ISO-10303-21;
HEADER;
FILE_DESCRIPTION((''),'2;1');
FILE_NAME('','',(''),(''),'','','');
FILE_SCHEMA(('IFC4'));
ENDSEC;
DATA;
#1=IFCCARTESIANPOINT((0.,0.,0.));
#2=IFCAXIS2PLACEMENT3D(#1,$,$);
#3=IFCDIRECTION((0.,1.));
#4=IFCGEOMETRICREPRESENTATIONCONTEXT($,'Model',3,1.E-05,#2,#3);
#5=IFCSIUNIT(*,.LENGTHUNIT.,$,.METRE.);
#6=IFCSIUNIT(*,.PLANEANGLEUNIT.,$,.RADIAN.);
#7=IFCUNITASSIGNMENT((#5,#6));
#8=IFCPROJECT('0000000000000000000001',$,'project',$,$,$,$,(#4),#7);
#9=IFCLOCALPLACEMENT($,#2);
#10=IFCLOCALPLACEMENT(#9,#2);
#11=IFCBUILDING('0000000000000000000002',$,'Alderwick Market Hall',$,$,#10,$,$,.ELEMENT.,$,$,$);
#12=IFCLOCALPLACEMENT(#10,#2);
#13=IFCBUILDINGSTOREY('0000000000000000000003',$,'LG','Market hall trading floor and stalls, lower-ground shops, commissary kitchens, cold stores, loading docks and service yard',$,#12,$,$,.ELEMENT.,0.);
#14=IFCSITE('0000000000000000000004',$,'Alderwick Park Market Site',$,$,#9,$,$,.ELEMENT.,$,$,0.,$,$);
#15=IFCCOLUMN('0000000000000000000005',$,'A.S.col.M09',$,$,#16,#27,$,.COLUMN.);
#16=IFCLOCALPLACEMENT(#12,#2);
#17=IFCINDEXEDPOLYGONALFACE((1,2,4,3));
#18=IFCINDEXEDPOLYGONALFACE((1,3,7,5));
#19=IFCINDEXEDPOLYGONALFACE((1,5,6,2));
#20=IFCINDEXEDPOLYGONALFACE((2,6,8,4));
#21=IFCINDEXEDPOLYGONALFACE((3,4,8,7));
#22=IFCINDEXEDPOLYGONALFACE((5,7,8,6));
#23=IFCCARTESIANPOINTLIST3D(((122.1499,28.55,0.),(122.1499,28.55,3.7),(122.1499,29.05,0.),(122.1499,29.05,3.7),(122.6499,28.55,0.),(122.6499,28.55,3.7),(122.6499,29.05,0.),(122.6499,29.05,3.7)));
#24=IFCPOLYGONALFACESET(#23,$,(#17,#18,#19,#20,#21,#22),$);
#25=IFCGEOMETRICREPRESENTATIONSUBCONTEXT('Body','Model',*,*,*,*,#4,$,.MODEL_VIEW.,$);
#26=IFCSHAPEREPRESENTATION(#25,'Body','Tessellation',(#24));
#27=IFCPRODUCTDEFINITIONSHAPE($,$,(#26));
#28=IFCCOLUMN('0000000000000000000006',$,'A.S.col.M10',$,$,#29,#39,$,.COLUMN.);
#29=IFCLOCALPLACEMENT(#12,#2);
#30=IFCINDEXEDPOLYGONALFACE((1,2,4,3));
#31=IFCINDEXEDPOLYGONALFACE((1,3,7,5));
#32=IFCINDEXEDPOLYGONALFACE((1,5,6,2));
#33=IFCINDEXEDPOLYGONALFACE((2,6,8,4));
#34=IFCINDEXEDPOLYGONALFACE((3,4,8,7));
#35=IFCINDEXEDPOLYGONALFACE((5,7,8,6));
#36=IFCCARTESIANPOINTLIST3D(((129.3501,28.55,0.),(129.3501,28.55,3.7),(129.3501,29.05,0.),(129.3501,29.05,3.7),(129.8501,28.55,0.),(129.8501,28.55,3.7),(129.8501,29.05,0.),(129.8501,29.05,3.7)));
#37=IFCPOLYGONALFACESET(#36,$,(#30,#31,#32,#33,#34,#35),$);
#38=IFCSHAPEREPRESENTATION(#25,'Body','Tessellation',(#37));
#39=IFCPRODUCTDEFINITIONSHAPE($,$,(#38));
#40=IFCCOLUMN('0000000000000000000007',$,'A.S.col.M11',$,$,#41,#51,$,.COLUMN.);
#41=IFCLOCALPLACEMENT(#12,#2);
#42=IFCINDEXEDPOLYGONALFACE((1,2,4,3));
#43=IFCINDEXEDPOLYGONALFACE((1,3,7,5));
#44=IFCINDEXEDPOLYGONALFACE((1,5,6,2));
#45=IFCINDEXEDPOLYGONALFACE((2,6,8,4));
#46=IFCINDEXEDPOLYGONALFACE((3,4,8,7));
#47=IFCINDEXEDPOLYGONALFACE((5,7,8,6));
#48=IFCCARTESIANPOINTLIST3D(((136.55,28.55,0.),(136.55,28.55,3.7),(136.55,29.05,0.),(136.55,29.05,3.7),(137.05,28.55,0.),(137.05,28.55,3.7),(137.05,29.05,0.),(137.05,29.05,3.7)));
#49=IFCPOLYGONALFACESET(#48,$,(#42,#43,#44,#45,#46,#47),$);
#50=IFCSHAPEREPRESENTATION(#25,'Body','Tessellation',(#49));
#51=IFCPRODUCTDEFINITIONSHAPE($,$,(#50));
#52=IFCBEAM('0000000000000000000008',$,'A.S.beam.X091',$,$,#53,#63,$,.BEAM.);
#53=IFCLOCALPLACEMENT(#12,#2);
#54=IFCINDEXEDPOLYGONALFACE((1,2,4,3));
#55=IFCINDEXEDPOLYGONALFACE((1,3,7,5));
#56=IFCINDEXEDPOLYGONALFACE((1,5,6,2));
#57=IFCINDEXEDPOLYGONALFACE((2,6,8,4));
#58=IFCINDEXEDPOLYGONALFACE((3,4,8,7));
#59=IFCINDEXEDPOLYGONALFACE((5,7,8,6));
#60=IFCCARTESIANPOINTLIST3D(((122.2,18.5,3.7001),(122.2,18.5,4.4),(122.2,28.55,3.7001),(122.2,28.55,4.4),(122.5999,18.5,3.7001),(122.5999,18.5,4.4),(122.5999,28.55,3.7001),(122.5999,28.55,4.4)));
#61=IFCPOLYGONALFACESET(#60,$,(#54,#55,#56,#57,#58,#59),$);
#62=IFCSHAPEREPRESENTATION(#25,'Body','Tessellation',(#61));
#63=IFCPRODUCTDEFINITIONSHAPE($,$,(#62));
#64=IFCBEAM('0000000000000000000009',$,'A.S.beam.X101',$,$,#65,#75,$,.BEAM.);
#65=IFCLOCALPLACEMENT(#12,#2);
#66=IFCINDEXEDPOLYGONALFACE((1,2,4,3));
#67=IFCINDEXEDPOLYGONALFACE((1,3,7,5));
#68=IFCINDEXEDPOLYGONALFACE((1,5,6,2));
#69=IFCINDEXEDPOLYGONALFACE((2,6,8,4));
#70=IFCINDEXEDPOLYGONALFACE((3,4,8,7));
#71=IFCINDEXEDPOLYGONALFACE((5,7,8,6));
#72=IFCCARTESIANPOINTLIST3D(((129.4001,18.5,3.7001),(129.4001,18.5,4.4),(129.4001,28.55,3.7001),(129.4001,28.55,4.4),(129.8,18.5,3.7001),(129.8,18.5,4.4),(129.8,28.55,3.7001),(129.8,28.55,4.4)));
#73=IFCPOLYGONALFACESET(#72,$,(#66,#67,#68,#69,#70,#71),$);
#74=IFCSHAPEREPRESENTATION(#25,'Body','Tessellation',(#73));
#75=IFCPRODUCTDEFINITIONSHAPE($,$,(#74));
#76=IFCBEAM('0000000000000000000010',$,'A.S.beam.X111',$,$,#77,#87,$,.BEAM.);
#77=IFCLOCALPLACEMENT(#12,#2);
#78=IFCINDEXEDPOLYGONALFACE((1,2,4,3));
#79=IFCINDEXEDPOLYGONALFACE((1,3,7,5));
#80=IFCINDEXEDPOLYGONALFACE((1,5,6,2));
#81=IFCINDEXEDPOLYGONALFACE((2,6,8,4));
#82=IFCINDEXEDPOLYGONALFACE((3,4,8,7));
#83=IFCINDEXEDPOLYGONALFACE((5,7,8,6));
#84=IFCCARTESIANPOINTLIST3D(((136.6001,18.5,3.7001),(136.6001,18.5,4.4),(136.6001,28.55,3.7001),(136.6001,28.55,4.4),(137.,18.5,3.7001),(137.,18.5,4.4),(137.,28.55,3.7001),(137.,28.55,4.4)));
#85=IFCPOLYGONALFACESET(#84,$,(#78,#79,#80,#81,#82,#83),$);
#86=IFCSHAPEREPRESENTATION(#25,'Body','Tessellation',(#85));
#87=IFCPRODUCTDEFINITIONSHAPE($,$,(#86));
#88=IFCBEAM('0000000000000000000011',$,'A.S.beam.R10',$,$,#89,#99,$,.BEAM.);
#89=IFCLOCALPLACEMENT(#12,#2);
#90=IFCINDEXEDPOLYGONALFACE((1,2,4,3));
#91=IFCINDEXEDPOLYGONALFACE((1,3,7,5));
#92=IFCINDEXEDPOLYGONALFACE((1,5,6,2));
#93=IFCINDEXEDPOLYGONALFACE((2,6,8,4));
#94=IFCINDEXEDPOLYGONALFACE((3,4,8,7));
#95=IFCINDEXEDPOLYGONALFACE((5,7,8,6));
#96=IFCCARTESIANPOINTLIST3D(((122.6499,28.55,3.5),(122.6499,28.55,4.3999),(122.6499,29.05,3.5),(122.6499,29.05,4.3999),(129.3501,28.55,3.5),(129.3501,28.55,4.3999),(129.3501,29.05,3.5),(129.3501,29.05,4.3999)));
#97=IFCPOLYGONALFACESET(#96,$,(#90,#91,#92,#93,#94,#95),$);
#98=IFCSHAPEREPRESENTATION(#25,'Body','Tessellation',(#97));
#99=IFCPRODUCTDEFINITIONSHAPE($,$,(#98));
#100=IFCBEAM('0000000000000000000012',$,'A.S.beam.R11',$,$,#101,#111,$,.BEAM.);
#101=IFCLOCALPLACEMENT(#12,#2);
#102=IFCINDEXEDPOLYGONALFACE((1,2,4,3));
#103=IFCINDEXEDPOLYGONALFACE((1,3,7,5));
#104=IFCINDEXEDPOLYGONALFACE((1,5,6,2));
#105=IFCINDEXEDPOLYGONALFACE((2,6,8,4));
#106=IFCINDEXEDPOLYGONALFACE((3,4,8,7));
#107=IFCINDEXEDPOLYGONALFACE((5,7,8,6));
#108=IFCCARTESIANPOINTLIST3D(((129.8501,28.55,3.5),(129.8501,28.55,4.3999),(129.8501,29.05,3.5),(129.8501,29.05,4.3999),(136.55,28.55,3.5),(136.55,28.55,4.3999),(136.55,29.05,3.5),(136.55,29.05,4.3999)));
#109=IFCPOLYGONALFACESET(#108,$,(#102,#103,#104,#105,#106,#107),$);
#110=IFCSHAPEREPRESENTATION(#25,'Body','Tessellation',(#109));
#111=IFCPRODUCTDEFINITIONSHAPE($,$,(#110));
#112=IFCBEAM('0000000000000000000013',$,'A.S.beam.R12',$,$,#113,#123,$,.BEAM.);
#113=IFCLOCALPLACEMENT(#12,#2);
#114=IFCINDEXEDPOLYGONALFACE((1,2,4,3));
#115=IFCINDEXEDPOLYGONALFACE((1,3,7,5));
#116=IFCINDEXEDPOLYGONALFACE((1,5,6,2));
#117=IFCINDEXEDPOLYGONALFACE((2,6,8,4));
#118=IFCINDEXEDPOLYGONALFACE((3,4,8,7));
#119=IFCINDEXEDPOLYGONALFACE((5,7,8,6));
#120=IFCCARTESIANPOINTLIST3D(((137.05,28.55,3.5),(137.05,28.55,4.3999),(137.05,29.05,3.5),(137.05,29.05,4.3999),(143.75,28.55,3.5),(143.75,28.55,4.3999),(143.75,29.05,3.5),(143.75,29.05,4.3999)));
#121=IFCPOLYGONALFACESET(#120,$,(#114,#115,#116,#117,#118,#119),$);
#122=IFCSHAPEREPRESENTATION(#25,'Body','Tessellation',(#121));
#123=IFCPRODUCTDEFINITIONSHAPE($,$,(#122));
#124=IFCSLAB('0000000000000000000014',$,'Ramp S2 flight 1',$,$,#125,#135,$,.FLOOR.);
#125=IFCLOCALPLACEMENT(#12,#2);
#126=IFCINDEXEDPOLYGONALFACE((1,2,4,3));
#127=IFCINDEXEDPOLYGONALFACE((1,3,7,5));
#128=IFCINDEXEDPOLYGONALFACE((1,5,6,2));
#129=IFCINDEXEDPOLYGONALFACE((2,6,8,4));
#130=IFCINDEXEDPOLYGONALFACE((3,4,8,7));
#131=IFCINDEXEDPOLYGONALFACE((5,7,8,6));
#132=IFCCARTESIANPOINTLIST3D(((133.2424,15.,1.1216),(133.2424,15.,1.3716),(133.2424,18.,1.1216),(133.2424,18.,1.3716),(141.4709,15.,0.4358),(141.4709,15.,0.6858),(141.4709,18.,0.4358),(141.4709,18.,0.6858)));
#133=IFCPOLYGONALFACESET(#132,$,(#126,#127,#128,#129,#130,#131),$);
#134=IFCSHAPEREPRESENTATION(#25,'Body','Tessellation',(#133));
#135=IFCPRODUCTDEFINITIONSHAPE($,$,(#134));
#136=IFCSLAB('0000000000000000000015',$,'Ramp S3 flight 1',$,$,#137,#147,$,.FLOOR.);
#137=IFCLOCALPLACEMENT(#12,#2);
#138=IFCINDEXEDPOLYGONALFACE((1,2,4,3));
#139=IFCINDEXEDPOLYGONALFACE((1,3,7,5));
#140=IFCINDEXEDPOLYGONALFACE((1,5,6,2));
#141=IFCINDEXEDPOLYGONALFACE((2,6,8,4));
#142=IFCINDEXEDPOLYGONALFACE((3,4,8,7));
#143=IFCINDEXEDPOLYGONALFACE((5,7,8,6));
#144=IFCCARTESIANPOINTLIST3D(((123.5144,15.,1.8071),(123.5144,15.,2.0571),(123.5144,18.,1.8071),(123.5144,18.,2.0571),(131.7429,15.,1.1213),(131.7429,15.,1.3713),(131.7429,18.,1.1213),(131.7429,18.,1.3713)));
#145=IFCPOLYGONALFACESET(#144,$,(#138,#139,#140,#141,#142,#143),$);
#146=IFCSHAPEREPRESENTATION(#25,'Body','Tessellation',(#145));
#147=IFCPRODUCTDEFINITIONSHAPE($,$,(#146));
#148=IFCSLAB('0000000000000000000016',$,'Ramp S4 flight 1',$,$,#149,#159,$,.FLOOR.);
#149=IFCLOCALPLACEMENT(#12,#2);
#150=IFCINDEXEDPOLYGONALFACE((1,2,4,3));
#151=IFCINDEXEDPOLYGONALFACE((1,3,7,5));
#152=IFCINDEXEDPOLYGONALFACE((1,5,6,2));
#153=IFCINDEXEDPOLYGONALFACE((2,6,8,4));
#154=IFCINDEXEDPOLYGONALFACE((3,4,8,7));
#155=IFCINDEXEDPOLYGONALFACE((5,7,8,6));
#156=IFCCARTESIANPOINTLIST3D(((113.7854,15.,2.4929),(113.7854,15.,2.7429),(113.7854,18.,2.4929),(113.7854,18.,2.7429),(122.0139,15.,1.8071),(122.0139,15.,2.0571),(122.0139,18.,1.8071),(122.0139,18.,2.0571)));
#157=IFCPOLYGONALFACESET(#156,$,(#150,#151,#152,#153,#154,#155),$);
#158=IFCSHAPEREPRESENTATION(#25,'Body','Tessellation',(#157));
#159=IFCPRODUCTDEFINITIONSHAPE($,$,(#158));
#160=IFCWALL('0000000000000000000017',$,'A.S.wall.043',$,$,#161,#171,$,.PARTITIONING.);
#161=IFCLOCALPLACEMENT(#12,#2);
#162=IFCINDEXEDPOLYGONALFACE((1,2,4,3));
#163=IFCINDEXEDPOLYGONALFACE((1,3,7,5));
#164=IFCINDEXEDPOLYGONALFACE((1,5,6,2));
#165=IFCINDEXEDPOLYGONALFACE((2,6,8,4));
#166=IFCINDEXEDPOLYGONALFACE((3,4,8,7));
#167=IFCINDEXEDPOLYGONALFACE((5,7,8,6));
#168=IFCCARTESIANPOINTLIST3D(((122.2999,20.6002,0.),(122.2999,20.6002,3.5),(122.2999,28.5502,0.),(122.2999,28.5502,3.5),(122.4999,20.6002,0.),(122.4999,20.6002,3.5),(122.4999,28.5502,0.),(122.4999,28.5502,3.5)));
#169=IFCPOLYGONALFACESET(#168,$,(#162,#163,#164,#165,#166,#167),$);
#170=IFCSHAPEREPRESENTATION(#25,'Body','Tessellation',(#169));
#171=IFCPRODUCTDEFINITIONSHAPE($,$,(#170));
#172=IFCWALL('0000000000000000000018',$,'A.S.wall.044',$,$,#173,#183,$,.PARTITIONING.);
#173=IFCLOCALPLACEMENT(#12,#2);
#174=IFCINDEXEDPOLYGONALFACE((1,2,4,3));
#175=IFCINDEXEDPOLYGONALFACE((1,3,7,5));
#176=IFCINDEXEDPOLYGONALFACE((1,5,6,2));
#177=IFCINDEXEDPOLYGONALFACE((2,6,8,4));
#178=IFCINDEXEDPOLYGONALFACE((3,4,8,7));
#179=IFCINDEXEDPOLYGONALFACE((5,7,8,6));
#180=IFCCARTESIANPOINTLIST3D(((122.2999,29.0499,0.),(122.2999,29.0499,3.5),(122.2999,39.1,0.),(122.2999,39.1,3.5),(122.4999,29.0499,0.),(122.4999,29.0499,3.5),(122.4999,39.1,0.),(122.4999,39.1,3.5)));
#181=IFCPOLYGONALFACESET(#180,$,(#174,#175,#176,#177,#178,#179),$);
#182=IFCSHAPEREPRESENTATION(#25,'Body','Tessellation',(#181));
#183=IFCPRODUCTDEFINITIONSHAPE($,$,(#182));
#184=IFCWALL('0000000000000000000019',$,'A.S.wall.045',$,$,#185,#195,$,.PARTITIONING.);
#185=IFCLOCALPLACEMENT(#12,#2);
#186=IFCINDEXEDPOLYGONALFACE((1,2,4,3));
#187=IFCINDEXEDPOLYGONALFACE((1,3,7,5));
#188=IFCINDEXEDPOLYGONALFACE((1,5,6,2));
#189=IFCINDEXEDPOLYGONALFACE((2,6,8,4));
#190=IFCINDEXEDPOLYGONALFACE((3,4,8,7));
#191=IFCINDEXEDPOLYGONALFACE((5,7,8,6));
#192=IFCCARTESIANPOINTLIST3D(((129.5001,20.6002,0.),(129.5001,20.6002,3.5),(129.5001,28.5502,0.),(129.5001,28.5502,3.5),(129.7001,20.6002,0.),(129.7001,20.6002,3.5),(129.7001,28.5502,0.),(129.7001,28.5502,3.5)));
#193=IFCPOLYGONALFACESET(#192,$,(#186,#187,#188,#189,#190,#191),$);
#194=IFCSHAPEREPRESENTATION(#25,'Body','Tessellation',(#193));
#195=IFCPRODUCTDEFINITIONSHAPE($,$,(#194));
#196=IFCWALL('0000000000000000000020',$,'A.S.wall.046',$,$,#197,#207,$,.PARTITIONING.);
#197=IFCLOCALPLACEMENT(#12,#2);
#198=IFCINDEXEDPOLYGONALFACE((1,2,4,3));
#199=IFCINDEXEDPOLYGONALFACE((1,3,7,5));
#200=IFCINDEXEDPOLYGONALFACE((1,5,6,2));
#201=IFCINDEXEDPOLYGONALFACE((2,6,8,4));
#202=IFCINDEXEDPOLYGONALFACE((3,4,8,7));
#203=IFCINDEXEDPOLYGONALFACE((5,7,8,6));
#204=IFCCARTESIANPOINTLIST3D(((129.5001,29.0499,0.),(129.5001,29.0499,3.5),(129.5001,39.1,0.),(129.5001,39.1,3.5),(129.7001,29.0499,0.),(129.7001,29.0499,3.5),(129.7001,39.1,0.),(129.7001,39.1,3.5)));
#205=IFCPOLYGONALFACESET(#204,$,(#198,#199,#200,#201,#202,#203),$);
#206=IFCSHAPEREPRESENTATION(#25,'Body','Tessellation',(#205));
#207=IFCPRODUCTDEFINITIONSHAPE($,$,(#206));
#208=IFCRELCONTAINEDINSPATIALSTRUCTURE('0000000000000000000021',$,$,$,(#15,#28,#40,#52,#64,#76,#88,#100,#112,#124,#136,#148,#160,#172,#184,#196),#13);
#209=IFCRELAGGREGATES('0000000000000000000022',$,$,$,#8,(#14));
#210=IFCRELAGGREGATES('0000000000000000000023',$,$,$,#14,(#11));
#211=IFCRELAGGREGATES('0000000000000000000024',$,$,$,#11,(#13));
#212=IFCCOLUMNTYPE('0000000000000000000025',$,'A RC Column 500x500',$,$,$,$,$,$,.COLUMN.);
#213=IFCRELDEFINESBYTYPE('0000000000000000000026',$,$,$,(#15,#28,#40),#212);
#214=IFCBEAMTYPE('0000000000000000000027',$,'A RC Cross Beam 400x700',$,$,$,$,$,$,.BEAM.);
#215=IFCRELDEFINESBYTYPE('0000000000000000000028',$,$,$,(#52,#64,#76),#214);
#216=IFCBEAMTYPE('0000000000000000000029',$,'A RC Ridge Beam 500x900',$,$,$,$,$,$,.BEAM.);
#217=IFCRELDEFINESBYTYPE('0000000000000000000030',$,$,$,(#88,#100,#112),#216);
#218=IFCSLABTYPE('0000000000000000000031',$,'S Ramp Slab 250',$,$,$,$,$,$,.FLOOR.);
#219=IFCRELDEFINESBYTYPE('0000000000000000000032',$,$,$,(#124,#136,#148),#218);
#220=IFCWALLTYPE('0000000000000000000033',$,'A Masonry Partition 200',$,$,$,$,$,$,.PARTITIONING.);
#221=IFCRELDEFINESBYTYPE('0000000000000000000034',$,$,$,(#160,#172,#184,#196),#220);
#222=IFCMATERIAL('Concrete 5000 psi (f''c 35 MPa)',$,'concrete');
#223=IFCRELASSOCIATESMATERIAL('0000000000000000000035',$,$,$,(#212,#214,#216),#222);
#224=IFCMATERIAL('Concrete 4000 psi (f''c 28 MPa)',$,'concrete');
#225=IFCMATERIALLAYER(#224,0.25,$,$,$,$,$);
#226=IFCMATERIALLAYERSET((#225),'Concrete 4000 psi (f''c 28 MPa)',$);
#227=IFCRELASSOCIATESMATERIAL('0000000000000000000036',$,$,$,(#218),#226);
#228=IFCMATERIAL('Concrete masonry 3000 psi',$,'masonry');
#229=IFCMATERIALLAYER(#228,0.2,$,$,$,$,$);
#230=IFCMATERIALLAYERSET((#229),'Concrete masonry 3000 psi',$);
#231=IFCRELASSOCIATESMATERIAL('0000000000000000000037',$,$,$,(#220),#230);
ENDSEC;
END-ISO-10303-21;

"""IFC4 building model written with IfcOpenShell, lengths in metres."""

from ifc_helpers import new_model, si_unit, direction, frame, frame_2d, origin, origin_2d, place, context, subcontext, project, spatial, polyline, rectangle, outline, extrude, material, layer, layer_set, material_profile, profile_set, type_object, element, save


model = new_model("IFC4")

# Units and contexts
model_context = context("Model", 3, precision=1e-05, world=origin(), true_north=direction((0.0, 1.0)))
body_context = subcontext(model_context, "Body", "Model", "MODEL_VIEW")
ifc_project = project(units=[si_unit("LENGTHUNIT", "METRE"), si_unit("PLANEANGLEUNIT", "RADIAN")], contexts=[model_context])

# Site, building, storey
site_placement = place(None, origin())
site = spatial("IfcSite", under=ifc_project, at=site_placement, Name="Alderwick Park Market Site", CompositionType="ELEMENT", RefElevation=0.0)
building_placement = place(site_placement, origin())
building = spatial("IfcBuilding", under=site, at=building_placement, Name="Alderwick Market Hall", CompositionType="ELEMENT")
storey_placement = place(building_placement, origin())
storey = spatial("IfcBuildingStorey", under=building, at=storey_placement, Name="LG", Description="Market hall trading floor and stalls, lower-ground shops, commissary kitchens, cold stores, loading docks and service yard", CompositionType="ELEMENT", Elevation=0.0)

# Columns
ifc_material_1 = material(Name="Concrete 5000 psi (f'c 35 MPa)", Category="concrete")
ifc_material_profile_1 = material_profile(ifc_material_1, rectangle(XDim=0.5, YDim=0.5, at=origin_2d()), Name="A RC Column 500x500")
ifc_profile_set_1 = profile_set([ifc_material_profile_1], Name="Concrete 5000 psi (f'c 35 MPa)")
column_type = type_object("IfcColumnType", Name="A RC Column 500x500", PredefinedType="COLUMN", material=ifc_profile_set_1)
for number, where, z_axis, x_axis, name in (
    (1, (122.3999, 28.8, 0.0), (0.0, 0.0, 1.0), (1.0, 0.0, 0.0), "A.S.col.M09"),
    (2, (129.6001, 28.8, 0.0), (0.0, 0.0, 1.0), (1.0, 0.0, 0.0), "A.S.col.M10"),
    (3, (136.8, 28.8, 0.0), (0.0, 0.0, 1.0), (1.0, 0.0, 0.0), "A.S.col.M11"),
):
    element("IfcColumn", number, at=place(storey_placement, frame(where, z_axis=z_axis, x_axis=x_axis)), inside=storey, type_object=column_type, Name=name, PredefinedType="COLUMN", context=body_context, shape_type="SweptSolid", body=[
        extrude(rectangle(XDim=0.5, YDim=0.5, at=origin_2d()), origin(), (0.0, 0.0, 1.0), 3.7),
    ])

# Beams
ifc_material_profile_2 = material_profile(ifc_material_1, rectangle(XDim=0.3999, YDim=0.7, at=origin_2d()), Name="A RC Cross Beam 400x700")
ifc_profile_set_2 = profile_set([ifc_material_profile_2], Name="Concrete 5000 psi (f'c 35 MPa)")
beam_type_1 = type_object("IfcBeamType", Name="A RC Cross Beam 400x700", PredefinedType="BEAM", material=ifc_profile_set_2)
for number, where, z_axis, x_axis, name in (
    (4, (122.3999, 28.55, 4.05), (0.0, -1.0, 0.0), (1.0, 0.0, 0.0), "A.S.beam.X091"),
    (5, (129.6001, 28.55, 4.05), (0.0, -1.0, 0.0), (1.0, 0.0, 0.0), "A.S.beam.X101"),
    (6, (136.8, 28.55, 4.05), (0.0, -1.0, 0.0), (1.0, 0.0, 0.0), "A.S.beam.X111"),
):
    element("IfcBeam", number, at=place(storey_placement, frame(where, z_axis=z_axis, x_axis=x_axis)), inside=storey, type_object=beam_type_1, Name=name, PredefinedType="BEAM", context=body_context, shape_type="SweptSolid", body=[
        extrude(rectangle(XDim=0.3999, YDim=0.7, at=origin_2d()), origin(), (0.0, 0.0, 1.0), 10.05),
    ])
ifc_material_profile_3 = material_profile(ifc_material_1, rectangle(XDim=0.5, YDim=0.8999, at=origin_2d()), Name="A RC Ridge Beam 500x900")
ifc_profile_set_3 = profile_set([ifc_material_profile_3], Name="Concrete 5000 psi (f'c 35 MPa)")
beam_type_2 = type_object("IfcBeamType", Name="A RC Ridge Beam 500x900", PredefinedType="BEAM", material=ifc_profile_set_3)
beam_placement = place(storey_placement, frame((122.6499, 28.8, 3.95), z_axis=(1.0, 0.0, 0.0), x_axis=(0.0, 1.0, 0.0)))
element("IfcBeam", 7, at=beam_placement, inside=storey, type_object=beam_type_2, Name="A.S.beam.R10", PredefinedType="BEAM", context=body_context, shape_type="SweptSolid", body=[
    extrude(rectangle(XDim=0.5, YDim=0.8999, at=origin_2d()), origin(), (0.0, 0.0, 1.0), 6.7002),
])
for number, where, z_axis, x_axis, name in (
    (8, (129.8501, 28.8, 3.95), (1.0, 0.0, 0.0), (0.0, 1.0, 0.0), "A.S.beam.R11"),
    (9, (137.05, 28.8, 3.95), (1.0, 0.0, 0.0), (0.0, 1.0, 0.0), "A.S.beam.R12"),
):
    element("IfcBeam", number, at=place(storey_placement, frame(where, z_axis=z_axis, x_axis=x_axis)), inside=storey, type_object=beam_type_2, Name=name, PredefinedType="BEAM", context=body_context, shape_type="SweptSolid", body=[
        extrude(rectangle(XDim=0.5, YDim=0.8999, at=origin_2d()), origin(), (0.0, 0.0, 1.0), 6.7),
    ])

# Slabs
ifc_material_2 = material(Name="Concrete 4000 psi (f'c 28 MPa)", Category="concrete")
ifc_layer_1 = layer(ifc_material_2, 0.25)
ifc_layer_set_1 = layer_set([ifc_layer_1], Name="Concrete 4000 psi (f'c 28 MPa)")
slab_type = type_object("IfcSlabType", Name="S Ramp Slab 250", PredefinedType="FLOOR", material=ifc_layer_set_1)
for number, where, z_axis, x_axis, name in (
    (10, (141.4709, 16.5, 0.6858), (0.0, 0.0, 1.0), (-1.0, 0.0, 0.0), "Ramp S2 flight 1"),
    (11, (131.7429, 16.5, 1.3713), (0.0, 0.0, 1.0), (-1.0, 0.0, 0.0), "Ramp S3 flight 1"),
    (12, (122.0139, 16.5, 2.0571), (0.0, 0.0, 1.0), (-1.0, 0.0, 0.0), "Ramp S4 flight 1"),
):
    element("IfcSlab", number, at=place(storey_placement, frame(where, z_axis=z_axis, x_axis=x_axis)), inside=storey, type_object=slab_type, Name=name, PredefinedType="FLOOR", context=body_context, shape_type="SweptSolid", body=[
        extrude(outline(polyline([(0.0, 0.0), (8.2285, 0.6858), (8.2285, 0.4358), (0.0, -0.25), (0.0, 0.0)])), frame((0.0, 1.5, 0.0), z_axis=(0.0, -1.0, 0.0), x_axis=(1.0, 0.0, 0.0)), (0.0, 0.0, 1.0), 3.0),
    ])

# Walls
ifc_material_3 = material(Name="Concrete masonry 3000 psi", Category="masonry")
ifc_layer_2 = layer(ifc_material_3, 0.2)
ifc_layer_set_2 = layer_set([ifc_layer_2], Name="Concrete masonry 3000 psi")
wall_type = type_object("IfcWallType", Name="A Masonry Partition 200", PredefinedType="PARTITIONING", material=ifc_layer_set_2)
wall_1_placement = place(storey_placement, frame((122.3999, 20.6001, 0.0), z_axis=(0.0, 0.0, 1.0), x_axis=(0.0, 1.0, 0.0)))
element("IfcWall", 13, at=wall_1_placement, inside=storey, type_object=wall_type, Name="A.S.wall.043", PredefinedType="PARTITIONING", context=body_context, shape_type="SweptSolid", body=[
    extrude(rectangle(XDim=7.95, YDim=0.2, at=frame_2d((3.9751, 0.0))), origin(), (0.0, 0.0, 1.0), 3.5),
])
wall_2_placement = place(storey_placement, frame((122.3999, 29.05, 0.0), z_axis=(0.0, 0.0, 1.0), x_axis=(0.0, 1.0, 0.0)))
element("IfcWall", 14, at=wall_2_placement, inside=storey, type_object=wall_type, Name="A.S.wall.044", PredefinedType="PARTITIONING", context=body_context, shape_type="SweptSolid", body=[
    extrude(rectangle(XDim=10.05, YDim=0.2, at=frame_2d((5.0249, 0.0))), origin(), (0.0, 0.0, 1.0), 3.5),
])
wall_3_placement = place(storey_placement, frame((129.6001, 20.6001, 0.0), z_axis=(0.0, 0.0, 1.0), x_axis=(0.0, 1.0, 0.0)))
element("IfcWall", 15, at=wall_3_placement, inside=storey, type_object=wall_type, Name="A.S.wall.045", PredefinedType="PARTITIONING", context=body_context, shape_type="SweptSolid", body=[
    extrude(rectangle(XDim=7.95, YDim=0.2, at=frame_2d((3.9751, 0.0))), origin(), (0.0, 0.0, 1.0), 3.5),
])
wall_4_placement = place(storey_placement, frame((129.6001, 29.05, 0.0), z_axis=(0.0, 0.0, 1.0), x_axis=(0.0, 1.0, 0.0)))
element("IfcWall", 16, at=wall_4_placement, inside=storey, type_object=wall_type, Name="A.S.wall.046", PredefinedType="PARTITIONING", context=body_context, shape_type="SweptSolid", body=[
    extrude(rectangle(XDim=10.05, YDim=0.2, at=frame_2d((5.0249, 0.0))), origin(), (0.0, 0.0, 1.0), 3.5),
])

save(model, "model.ifc")
